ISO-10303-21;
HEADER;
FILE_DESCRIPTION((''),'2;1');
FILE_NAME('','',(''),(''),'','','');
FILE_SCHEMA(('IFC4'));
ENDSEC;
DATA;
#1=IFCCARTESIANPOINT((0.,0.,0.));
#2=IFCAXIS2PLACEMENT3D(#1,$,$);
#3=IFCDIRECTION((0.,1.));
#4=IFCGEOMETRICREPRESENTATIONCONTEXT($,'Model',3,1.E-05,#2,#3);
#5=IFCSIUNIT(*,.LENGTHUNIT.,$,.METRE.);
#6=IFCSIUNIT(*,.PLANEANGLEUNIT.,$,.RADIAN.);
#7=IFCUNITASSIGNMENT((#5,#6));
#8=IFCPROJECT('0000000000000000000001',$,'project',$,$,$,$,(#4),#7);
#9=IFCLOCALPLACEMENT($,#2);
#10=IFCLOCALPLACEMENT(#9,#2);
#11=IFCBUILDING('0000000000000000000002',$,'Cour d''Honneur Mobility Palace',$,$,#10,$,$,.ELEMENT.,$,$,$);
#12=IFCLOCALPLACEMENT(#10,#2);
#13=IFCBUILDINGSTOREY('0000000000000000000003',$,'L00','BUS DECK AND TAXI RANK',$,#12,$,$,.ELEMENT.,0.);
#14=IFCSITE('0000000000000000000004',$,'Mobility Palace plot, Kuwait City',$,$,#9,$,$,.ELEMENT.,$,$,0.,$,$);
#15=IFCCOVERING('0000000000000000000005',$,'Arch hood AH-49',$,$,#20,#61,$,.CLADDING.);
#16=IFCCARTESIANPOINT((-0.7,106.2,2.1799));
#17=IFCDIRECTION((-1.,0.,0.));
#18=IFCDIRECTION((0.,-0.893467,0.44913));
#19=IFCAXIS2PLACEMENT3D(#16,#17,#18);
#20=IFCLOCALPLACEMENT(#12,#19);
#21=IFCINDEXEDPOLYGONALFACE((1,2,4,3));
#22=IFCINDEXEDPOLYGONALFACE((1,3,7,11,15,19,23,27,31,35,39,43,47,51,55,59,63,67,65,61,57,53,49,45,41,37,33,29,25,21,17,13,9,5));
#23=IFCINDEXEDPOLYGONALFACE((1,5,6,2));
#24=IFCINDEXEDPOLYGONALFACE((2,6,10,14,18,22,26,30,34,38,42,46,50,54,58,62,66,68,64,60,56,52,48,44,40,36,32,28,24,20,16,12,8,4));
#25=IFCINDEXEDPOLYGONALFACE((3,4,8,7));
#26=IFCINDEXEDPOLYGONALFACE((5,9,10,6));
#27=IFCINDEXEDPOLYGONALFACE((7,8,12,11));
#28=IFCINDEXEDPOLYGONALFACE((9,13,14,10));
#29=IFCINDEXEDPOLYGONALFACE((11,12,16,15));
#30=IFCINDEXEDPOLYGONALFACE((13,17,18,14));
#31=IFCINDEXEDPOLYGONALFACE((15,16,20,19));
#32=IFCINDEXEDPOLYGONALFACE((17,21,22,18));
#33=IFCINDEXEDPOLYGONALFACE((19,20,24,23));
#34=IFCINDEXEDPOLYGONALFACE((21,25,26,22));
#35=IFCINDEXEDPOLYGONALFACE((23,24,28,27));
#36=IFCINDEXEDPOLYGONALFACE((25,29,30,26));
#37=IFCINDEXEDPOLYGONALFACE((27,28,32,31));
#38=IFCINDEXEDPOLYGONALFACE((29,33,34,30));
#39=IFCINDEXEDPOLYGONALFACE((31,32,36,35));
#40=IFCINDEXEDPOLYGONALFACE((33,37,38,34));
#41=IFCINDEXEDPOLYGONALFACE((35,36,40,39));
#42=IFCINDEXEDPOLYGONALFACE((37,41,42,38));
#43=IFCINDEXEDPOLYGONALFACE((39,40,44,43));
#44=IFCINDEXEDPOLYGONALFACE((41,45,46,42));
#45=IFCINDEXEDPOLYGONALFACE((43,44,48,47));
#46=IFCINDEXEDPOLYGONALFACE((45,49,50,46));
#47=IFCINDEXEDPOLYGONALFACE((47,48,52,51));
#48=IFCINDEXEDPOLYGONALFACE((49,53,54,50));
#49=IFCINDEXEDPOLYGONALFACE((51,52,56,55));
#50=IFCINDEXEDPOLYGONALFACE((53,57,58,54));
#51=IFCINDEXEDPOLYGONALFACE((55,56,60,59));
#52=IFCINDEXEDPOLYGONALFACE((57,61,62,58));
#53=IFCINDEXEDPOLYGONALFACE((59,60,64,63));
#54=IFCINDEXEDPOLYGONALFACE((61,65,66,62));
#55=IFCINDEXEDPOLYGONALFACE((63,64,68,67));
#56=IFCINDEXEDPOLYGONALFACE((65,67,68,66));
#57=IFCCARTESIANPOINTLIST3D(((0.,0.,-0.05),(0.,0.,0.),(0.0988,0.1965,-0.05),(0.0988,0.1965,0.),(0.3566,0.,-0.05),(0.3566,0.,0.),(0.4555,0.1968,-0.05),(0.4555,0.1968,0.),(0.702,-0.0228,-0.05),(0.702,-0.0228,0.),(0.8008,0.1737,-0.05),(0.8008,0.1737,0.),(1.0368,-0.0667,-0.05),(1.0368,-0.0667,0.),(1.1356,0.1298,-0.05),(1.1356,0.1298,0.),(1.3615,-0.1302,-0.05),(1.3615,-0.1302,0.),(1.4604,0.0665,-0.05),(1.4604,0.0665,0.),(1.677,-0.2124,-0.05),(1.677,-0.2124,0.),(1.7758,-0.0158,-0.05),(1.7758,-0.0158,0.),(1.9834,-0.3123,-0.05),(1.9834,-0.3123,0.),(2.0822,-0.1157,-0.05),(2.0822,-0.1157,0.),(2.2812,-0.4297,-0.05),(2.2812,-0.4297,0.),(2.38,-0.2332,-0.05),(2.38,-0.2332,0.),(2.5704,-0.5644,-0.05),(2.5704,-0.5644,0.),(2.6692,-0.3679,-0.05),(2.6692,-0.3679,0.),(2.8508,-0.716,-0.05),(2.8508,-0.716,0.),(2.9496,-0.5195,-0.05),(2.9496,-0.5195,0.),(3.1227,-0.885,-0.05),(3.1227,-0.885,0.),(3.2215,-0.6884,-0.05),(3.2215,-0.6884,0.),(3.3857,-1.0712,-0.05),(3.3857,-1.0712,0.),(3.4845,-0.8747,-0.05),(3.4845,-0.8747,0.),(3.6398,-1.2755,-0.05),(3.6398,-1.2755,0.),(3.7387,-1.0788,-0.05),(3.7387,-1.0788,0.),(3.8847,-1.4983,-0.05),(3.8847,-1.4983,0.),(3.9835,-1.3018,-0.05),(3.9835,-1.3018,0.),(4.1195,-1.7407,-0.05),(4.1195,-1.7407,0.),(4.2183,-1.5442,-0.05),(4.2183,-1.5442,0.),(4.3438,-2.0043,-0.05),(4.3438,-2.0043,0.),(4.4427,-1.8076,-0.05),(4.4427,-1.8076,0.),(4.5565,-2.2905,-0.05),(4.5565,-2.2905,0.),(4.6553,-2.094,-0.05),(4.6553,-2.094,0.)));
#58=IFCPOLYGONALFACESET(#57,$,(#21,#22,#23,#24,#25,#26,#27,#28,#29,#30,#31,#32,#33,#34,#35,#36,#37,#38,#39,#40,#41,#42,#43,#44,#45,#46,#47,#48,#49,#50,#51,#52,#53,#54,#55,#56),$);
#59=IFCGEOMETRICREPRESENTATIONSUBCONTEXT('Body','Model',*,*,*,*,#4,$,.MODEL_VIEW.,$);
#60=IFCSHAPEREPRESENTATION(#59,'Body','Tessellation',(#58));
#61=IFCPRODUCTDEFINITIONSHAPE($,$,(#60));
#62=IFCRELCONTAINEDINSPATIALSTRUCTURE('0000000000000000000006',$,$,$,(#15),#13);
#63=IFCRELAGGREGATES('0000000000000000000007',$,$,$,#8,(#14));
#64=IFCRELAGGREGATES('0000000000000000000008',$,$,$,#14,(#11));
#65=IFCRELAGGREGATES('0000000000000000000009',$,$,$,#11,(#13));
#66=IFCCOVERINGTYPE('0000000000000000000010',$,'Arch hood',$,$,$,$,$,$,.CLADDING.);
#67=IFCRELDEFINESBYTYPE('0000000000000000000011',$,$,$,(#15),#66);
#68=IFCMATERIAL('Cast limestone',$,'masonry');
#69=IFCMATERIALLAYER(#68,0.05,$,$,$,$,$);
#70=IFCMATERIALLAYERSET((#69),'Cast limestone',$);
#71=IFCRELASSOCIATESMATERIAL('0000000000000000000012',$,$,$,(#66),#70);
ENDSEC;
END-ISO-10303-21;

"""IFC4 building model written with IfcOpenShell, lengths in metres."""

from ifc_helpers import new_model, si_unit, direction, frame, origin, place, context, subcontext, project, spatial, polyline, outline, extrude, material, layer, layer_set, type_object, element, save


model = new_model("IFC4")

# Units and contexts
model_context = context("Model", 3, precision=1e-05, world=origin(), true_north=direction((0.0, 1.0)))
body_context = subcontext(model_context, "Body", "Model", "MODEL_VIEW")
ifc_project = project(units=[si_unit("LENGTHUNIT", "METRE"), si_unit("PLANEANGLEUNIT", "RADIAN")], contexts=[model_context])

# Site, building, storey
site_placement = place(None, origin())
site = spatial("IfcSite", under=ifc_project, at=site_placement, Name="Mobility Palace plot, Kuwait City", CompositionType="ELEMENT", RefElevation=0.0)
building_placement = place(site_placement, origin())
building = spatial("IfcBuilding", under=site, at=building_placement, Name="Cour d'Honneur Mobility Palace", CompositionType="ELEMENT")
storey_placement = place(building_placement, origin())
storey = spatial("IfcBuildingStorey", under=building, at=storey_placement, Name="L00", Description="BUS DECK AND TAXI RANK", CompositionType="ELEMENT", Elevation=0.0)

# Covering
ifc_material_1 = material(Name="Cast limestone", Category="masonry")
ifc_layer_1 = layer(ifc_material_1, 0.05)
ifc_layer_set_1 = layer_set([ifc_layer_1], Name="Cast limestone")
covering_type_1 = type_object("IfcCoveringType", Name="Arch hood", PredefinedType="CLADDING", material=ifc_layer_set_1)
covering_1_placement = place(storey_placement, frame((-0.7, 106.2, 2.1799), z_axis=(-1.0, 0.0, 0.0), x_axis=(0.0, -0.893467, 0.44913)))
element("IfcCovering", 1, at=covering_1_placement, inside=storey, type_object=covering_type_1, Name="Arch hood AH-49", PredefinedType="CLADDING", context=body_context, shape_type="SweptSolid", body=[
    extrude(outline(polyline([(0.0, 0.0), (0.3566, 0.0), (0.702, -0.0228), (1.0368, -0.0667), (1.3615, -0.1302), (1.677, -0.2124), (1.9834, -0.3123), (2.2812, -0.4297), (2.5704, -0.5644), (2.8508, -0.716), (3.1227, -0.885), (3.3857, -1.0712), (3.6398, -1.2755), (3.8847, -1.4983), (4.1195, -1.7407), (4.3438, -2.0043), (4.5565, -2.2905), (4.6553, -2.094), (4.4427, -1.8076), (4.2183, -1.5442), (3.9835, -1.3018), (3.7387, -1.0788), (3.4845, -0.8747), (3.2215, -0.6884), (2.9496, -0.5195), (2.6692, -0.3679), (2.38, -0.2332), (2.0822, -0.1157), (1.7758, -0.0158), (1.4604, 0.0665), (1.1356, 0.1298), (0.8008, 0.1737), (0.4555, 0.1968), (0.0988, 0.1965), (0.0, 0.0)])), origin(), (0.0, 0.0, -1.0), 0.05),
])

save(model, "model.ifc")
